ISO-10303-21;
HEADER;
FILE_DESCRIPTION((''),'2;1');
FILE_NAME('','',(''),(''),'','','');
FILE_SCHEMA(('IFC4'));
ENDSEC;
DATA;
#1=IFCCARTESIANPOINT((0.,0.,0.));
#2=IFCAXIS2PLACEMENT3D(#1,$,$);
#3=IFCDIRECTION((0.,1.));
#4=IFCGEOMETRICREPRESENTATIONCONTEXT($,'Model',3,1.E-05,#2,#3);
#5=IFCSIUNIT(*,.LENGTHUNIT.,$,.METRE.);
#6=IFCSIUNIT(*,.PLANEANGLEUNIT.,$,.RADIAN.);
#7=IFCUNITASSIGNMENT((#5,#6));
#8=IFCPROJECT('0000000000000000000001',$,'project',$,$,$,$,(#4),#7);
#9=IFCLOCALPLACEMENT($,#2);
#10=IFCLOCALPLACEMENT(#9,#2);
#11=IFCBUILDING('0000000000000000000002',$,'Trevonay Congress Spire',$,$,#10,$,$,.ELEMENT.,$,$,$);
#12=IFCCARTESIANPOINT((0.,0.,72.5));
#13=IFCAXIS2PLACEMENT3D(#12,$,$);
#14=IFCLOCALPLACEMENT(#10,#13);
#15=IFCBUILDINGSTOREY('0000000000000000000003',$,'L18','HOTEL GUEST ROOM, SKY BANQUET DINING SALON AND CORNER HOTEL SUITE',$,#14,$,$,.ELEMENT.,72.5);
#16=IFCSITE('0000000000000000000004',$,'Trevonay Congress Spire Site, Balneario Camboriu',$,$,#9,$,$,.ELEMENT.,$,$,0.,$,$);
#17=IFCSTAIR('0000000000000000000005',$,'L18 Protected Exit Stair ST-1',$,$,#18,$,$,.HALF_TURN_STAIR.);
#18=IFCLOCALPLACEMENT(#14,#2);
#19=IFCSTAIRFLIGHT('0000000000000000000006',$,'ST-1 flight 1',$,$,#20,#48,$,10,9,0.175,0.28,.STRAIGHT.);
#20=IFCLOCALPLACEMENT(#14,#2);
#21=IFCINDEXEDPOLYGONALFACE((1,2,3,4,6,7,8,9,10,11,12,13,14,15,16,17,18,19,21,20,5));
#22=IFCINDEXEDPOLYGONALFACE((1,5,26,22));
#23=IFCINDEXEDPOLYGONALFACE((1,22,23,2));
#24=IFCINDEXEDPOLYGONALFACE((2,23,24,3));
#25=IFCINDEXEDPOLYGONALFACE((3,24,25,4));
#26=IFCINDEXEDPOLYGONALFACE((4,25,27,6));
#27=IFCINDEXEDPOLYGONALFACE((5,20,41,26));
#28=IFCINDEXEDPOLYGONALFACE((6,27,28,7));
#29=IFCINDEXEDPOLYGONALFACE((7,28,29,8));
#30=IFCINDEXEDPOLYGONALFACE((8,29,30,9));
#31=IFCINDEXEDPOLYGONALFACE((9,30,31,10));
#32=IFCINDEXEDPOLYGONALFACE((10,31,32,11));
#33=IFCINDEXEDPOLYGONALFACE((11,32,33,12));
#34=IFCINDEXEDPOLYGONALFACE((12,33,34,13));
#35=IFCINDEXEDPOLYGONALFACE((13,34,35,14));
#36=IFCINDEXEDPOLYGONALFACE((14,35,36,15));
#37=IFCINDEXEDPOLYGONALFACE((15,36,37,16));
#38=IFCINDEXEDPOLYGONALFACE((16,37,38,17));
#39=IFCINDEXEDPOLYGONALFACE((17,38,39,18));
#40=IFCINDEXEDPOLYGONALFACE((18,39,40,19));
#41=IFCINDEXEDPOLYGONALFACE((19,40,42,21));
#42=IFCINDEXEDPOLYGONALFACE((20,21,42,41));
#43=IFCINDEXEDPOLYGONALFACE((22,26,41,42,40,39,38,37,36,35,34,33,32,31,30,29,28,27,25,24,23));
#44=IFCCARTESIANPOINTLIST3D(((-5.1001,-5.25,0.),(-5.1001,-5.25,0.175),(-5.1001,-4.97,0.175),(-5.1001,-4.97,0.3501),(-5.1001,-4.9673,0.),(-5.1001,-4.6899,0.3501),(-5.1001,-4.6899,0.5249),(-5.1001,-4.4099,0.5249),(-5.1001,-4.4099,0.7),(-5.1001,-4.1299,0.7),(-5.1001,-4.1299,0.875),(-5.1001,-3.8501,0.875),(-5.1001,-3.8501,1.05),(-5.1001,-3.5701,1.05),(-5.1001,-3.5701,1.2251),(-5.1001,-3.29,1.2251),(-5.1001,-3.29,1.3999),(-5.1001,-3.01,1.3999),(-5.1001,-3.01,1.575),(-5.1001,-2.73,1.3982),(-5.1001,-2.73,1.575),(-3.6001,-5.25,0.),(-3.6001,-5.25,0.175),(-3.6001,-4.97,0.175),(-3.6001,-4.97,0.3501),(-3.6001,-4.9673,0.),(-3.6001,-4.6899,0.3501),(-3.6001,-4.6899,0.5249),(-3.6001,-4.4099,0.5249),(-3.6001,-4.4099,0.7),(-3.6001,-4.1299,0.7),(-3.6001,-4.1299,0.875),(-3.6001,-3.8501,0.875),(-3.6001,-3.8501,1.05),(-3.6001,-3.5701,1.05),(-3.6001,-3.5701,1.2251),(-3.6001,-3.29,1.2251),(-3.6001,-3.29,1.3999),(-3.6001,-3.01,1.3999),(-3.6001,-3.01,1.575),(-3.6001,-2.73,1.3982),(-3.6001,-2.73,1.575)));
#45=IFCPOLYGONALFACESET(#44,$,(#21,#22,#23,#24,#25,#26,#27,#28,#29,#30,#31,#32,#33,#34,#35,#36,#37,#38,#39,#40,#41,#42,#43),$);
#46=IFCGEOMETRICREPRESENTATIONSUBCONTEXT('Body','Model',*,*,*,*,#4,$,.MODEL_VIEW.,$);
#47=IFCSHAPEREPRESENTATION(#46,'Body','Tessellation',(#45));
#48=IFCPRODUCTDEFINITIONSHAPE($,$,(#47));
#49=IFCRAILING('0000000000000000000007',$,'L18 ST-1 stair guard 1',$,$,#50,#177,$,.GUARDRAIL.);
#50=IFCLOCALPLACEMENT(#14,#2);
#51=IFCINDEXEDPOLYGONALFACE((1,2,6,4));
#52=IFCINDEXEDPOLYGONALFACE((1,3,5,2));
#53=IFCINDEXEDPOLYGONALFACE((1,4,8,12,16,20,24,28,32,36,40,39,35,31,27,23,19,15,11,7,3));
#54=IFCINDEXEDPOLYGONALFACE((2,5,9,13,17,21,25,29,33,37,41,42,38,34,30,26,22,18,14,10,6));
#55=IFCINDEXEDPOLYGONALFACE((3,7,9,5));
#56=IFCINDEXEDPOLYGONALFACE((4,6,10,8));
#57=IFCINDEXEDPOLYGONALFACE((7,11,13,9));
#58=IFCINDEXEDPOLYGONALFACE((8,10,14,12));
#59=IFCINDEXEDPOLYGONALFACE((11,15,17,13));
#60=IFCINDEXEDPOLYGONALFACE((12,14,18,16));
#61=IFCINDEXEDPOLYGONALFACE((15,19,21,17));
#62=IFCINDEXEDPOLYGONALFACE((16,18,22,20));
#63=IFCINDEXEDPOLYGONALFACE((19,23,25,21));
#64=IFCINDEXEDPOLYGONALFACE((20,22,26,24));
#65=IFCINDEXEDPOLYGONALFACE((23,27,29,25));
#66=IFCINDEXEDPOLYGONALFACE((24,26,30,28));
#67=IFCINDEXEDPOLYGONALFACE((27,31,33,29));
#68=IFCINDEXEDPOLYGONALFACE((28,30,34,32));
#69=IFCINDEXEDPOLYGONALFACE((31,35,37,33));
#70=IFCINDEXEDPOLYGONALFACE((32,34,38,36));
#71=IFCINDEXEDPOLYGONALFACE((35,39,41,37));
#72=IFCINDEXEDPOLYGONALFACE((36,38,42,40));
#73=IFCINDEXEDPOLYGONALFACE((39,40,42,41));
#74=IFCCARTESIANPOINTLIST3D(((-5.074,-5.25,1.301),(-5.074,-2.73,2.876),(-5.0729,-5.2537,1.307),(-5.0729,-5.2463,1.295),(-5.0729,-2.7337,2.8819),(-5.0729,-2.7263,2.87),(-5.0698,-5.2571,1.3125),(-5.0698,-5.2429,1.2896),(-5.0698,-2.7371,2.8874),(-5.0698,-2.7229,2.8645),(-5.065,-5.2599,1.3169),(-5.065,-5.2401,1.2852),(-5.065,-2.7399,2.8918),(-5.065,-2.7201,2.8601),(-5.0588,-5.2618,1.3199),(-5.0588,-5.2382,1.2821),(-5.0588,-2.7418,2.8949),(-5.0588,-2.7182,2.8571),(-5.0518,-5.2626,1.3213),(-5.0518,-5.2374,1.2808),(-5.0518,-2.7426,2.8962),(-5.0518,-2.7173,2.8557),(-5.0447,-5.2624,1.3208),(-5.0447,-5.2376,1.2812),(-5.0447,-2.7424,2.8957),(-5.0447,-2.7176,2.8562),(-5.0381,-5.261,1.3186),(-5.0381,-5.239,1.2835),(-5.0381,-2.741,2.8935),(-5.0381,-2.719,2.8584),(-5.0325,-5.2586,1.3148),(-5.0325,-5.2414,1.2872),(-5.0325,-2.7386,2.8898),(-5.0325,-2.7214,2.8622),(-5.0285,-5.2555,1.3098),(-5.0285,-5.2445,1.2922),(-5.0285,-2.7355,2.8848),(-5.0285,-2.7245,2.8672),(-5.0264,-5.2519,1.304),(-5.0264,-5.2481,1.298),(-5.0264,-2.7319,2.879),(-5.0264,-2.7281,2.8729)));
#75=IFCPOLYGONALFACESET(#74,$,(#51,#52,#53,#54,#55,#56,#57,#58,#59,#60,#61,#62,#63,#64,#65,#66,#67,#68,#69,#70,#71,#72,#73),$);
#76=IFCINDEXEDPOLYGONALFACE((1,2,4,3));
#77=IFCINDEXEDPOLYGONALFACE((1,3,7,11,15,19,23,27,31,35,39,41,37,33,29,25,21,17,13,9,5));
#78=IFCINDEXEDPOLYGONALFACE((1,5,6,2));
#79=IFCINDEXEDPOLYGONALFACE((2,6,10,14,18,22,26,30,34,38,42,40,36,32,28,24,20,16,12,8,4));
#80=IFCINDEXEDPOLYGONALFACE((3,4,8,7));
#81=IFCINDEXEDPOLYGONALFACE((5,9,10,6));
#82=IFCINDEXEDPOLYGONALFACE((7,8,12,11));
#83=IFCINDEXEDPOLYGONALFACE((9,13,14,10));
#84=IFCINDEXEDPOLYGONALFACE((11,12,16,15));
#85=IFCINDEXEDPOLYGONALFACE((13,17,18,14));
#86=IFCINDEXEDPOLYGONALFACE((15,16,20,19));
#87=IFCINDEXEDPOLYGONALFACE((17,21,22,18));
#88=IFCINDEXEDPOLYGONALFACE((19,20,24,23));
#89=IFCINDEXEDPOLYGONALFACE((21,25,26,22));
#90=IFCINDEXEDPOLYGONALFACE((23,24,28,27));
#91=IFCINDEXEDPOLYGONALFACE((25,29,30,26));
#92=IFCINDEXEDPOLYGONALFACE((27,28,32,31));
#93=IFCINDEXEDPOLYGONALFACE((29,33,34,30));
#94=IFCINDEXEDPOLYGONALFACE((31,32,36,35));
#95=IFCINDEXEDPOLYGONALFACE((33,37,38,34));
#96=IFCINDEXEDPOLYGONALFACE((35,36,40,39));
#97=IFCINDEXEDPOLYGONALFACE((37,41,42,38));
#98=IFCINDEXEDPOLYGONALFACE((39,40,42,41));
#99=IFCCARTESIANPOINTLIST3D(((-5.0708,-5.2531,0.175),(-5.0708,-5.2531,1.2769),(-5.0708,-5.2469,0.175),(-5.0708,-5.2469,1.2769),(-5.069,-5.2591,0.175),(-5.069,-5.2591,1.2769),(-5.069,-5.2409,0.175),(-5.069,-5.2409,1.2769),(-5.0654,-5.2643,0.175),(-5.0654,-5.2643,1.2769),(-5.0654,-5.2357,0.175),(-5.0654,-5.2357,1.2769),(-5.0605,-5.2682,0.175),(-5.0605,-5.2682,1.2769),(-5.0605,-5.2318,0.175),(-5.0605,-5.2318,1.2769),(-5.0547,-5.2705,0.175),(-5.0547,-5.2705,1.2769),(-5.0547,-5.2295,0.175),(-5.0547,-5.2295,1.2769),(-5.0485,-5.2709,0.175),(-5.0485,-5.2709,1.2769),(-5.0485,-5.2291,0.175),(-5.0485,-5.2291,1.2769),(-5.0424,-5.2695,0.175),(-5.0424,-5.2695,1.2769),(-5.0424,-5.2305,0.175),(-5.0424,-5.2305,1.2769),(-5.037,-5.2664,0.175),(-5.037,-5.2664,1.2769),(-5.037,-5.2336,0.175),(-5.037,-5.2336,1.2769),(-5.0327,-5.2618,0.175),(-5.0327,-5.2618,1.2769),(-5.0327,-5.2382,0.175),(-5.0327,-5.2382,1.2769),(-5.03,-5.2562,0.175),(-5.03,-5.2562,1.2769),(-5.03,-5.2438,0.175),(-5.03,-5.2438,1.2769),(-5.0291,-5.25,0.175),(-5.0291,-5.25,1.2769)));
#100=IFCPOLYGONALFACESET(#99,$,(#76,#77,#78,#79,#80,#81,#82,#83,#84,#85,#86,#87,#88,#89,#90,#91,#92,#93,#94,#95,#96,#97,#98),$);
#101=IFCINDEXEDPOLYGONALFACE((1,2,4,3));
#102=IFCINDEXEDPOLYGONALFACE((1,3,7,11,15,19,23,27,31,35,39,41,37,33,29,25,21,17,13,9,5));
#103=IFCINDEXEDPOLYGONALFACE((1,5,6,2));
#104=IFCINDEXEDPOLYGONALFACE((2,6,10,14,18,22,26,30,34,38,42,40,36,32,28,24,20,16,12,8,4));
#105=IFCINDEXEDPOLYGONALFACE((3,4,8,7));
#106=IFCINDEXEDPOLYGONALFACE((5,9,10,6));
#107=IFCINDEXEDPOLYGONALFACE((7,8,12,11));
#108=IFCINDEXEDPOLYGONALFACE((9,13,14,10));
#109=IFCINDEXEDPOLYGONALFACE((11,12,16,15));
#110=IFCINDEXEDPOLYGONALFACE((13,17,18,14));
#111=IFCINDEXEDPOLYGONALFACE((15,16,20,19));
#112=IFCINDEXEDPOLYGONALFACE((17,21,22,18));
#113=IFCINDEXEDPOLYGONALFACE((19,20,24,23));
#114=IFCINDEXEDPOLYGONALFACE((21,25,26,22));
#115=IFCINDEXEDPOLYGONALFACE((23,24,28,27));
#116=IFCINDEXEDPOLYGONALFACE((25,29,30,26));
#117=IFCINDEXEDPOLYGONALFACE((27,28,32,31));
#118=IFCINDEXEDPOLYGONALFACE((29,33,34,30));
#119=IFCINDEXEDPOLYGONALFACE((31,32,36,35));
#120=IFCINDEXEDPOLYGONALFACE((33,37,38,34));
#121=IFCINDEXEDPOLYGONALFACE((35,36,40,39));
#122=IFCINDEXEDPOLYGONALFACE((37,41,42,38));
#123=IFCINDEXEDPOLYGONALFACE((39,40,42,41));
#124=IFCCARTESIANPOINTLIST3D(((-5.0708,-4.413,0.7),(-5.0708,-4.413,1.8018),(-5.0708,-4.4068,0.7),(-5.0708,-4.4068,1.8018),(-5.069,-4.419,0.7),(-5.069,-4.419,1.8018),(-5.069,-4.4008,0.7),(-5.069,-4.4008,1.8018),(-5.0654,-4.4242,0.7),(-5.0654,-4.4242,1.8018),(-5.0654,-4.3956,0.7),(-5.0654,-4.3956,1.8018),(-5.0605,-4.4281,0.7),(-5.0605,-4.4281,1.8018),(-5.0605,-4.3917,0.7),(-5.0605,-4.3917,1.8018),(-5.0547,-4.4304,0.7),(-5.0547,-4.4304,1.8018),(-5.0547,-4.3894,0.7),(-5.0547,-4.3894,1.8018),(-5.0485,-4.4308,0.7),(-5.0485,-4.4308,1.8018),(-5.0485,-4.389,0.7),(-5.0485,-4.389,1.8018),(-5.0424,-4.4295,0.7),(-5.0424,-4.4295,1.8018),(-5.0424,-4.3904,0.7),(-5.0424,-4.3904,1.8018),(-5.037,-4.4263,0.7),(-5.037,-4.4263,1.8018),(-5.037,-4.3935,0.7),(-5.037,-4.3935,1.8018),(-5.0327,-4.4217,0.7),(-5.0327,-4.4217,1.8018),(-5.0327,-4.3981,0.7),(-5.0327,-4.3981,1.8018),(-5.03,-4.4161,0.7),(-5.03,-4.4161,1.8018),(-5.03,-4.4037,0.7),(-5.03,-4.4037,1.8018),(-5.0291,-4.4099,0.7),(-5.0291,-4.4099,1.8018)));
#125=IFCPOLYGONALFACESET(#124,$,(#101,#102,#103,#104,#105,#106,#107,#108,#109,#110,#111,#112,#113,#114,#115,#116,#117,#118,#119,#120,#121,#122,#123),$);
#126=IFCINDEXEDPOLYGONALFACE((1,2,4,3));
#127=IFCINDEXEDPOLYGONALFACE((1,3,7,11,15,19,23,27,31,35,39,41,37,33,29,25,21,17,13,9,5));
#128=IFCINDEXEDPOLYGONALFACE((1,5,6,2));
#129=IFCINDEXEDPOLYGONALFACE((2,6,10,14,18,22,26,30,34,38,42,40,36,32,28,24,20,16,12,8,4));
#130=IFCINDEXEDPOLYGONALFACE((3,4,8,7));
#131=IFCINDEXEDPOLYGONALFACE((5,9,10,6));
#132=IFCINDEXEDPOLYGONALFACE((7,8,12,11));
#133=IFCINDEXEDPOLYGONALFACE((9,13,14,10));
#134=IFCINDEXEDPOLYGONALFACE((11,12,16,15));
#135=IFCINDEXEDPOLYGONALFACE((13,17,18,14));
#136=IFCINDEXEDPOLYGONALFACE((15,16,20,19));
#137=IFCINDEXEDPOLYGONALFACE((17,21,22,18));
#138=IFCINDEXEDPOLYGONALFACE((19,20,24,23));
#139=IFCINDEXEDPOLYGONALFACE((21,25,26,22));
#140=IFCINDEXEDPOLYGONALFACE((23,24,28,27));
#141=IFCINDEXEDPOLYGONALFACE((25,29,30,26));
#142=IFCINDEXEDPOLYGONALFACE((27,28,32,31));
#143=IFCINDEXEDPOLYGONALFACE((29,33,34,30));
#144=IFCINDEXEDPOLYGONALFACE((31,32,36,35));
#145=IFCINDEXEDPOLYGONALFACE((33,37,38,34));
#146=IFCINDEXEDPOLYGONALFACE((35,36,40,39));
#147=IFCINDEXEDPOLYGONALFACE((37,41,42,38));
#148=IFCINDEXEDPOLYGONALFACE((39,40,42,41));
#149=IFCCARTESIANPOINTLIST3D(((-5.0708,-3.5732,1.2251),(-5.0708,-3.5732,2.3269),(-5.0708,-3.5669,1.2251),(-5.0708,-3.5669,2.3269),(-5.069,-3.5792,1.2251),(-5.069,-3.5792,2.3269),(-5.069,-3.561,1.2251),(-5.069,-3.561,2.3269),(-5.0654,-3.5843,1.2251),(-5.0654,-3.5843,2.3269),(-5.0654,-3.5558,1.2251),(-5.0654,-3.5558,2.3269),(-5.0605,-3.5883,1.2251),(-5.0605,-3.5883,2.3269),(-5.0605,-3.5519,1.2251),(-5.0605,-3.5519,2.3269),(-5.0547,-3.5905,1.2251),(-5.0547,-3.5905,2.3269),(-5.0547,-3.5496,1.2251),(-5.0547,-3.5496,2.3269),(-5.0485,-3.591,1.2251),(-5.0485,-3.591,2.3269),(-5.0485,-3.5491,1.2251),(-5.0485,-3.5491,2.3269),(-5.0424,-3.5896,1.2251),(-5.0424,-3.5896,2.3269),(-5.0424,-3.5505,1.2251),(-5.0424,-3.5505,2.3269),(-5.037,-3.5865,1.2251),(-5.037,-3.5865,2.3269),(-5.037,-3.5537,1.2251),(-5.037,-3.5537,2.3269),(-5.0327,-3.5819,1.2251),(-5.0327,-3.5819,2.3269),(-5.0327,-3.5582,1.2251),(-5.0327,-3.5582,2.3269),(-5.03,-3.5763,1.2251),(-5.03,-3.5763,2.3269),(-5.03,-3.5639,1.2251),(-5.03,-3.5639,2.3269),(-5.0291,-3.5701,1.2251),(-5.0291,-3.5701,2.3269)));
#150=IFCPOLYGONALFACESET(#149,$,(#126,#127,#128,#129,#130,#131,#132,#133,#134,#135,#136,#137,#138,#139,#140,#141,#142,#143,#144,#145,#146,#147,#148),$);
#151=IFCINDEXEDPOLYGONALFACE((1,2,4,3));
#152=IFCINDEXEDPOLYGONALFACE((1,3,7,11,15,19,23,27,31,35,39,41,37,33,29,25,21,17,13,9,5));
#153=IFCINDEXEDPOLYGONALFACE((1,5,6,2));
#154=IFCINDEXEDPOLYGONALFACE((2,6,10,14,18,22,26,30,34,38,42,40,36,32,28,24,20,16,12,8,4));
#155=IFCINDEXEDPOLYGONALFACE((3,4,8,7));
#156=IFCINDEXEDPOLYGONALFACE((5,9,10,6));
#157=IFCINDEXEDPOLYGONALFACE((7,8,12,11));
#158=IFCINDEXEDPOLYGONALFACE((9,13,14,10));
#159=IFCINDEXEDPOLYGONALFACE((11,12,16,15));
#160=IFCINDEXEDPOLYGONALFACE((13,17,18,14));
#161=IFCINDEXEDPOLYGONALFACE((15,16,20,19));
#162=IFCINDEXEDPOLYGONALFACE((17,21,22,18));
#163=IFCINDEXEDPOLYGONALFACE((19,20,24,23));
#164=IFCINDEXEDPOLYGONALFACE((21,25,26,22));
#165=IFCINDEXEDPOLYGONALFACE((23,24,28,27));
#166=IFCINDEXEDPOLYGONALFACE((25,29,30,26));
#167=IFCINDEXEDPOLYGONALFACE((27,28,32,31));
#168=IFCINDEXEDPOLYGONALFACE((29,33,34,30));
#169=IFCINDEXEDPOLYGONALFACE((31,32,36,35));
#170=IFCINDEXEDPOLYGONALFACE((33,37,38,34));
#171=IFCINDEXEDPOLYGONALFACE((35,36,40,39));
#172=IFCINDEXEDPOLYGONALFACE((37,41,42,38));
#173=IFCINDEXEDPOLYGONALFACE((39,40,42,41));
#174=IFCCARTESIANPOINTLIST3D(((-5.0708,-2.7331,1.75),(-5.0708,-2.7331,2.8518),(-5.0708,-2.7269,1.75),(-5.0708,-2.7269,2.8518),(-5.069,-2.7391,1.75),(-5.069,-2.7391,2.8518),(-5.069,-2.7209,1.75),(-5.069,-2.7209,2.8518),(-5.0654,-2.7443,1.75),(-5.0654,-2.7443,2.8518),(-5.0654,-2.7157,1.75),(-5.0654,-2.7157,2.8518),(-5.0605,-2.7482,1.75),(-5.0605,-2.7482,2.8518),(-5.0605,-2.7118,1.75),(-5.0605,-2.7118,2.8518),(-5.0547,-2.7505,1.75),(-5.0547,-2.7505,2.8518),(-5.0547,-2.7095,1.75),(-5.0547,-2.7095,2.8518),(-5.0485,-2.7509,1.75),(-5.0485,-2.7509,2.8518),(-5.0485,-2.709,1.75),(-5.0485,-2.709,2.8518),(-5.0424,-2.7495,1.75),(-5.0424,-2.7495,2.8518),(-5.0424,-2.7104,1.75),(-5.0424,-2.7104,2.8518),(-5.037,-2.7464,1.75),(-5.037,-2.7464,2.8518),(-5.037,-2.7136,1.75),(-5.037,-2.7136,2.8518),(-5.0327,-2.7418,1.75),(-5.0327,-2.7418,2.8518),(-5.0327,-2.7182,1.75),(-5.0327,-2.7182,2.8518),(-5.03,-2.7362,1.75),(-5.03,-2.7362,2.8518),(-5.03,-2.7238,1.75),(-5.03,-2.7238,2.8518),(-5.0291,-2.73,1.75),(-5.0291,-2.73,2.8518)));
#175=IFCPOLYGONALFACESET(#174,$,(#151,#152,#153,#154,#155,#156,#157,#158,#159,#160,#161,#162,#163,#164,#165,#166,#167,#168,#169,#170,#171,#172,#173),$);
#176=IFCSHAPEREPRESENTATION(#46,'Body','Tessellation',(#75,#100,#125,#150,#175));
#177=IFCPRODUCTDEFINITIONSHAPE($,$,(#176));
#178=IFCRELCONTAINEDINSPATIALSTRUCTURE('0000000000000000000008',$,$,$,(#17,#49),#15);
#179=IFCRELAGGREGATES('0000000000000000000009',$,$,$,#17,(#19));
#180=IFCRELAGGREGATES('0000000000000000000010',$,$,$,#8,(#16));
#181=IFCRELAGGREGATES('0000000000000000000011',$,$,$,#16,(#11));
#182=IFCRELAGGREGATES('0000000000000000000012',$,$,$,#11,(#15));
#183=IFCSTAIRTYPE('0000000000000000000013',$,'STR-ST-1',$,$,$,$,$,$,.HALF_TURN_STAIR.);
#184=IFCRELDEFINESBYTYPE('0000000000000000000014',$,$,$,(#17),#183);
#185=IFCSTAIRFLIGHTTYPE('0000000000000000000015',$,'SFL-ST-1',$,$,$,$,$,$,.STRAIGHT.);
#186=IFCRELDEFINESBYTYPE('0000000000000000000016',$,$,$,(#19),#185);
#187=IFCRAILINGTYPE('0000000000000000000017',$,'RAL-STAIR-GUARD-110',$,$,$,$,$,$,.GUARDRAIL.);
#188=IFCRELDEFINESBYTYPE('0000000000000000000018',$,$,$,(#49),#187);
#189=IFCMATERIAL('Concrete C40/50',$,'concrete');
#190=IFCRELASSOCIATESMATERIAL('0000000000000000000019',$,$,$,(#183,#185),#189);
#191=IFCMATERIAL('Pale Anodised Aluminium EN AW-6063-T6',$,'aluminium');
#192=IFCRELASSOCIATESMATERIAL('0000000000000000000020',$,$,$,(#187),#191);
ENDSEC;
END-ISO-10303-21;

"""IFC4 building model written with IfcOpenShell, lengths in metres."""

from ifc_helpers import new_model, si_unit, direction, frame, origin, origin_2d, place, context, subcontext, project, spatial, polyline, circle, outline, extrude, material, type_object, element, aggregate, save


model = new_model("IFC4")

# Units and contexts
model_context = context("Model", 3, precision=1e-05, world=origin(), true_north=direction((0.0, 1.0)))
body_context = subcontext(model_context, "Body", "Model", "MODEL_VIEW")
ifc_project = project(units=[si_unit("LENGTHUNIT", "METRE"), si_unit("PLANEANGLEUNIT", "RADIAN")], contexts=[model_context])

# Site, building, storey
site_placement = place(None, origin())
site = spatial("IfcSite", under=ifc_project, at=site_placement, Name="Trevonay Congress Spire Site, Balneario Camboriu", CompositionType="ELEMENT", RefElevation=0.0)
building_placement = place(site_placement, origin())
building = spatial("IfcBuilding", under=site, at=building_placement, Name="Trevonay Congress Spire", CompositionType="ELEMENT")
storey_placement = place(building_placement, frame((0.0, 0.0, 72.5)))
storey = spatial("IfcBuildingStorey", under=building, at=storey_placement, Name="L18", Description="HOTEL GUEST ROOM, SKY BANQUET DINING SALON AND CORNER HOTEL SUITE", CompositionType="ELEMENT", Elevation=72.5)

# Shared definitions
ifc_material_1 = material(Name="Pale Anodised Aluminium EN AW-6063-T6", Category="aluminium")

# Shared definitions
ifc_material_2 = material(Name="Concrete C40/50", Category="concrete")

# Stair, stair flight
stair_type = type_object("IfcStairType", Name="STR-ST-1", PredefinedType="HALF_TURN_STAIR", material=ifc_material_2)
stair_placement = place(storey_placement, origin())
stair = element("IfcStair", 1, at=stair_placement, inside=storey, type_object=stair_type, Name="L18 Protected Exit Stair ST-1", PredefinedType="HALF_TURN_STAIR")
stair_flight_type = type_object("IfcStairFlightType", Name="SFL-ST-1", PredefinedType="STRAIGHT", material=ifc_material_2)
stair_flight_placement = place(storey_placement, frame((-4.3501, -5.25, 0.0), z_axis=(0.0, 0.0, 1.0), x_axis=(0.0, 1.0, 0.0)))
stair_flight = element("IfcStairFlight", 2, at=stair_flight_placement, type_object=stair_flight_type, Name="ST-1 flight 1", NumberOfRisers=10, NumberOfTreads=9, PredefinedType="STRAIGHT", RiserHeight=0.175, TreadLength=0.28, context=body_context, shape_type="SweptSolid", body=[
    extrude(outline(polyline([(0.0, 0.0), (0.0, 0.175), (0.28, 0.175), (0.28, 0.3501), (0.5601, 0.3501), (0.5601, 0.5249), (0.8401, 0.5249), (0.8401, 0.7), (1.1201, 0.7), (1.1201, 0.875), (1.3999, 0.875), (1.3999, 1.05), (1.6799, 1.05), (1.6799, 1.2251), (1.96, 1.2251), (1.96, 1.3999), (2.24, 1.3999), (2.24, 1.575), (2.52, 1.575), (2.52, 1.75), (2.52, 1.3982), (0.2827, 0.0), (0.0, 0.0)])), frame((0.0, 0.75, 0.0), z_axis=(0.0, -1.0, 0.0), x_axis=(1.0, 0.0, 0.0)), (0.0, 0.0, 1.0), 1.5),
])
aggregate(stair, [stair_flight])

# Railing
railing_type = type_object("IfcRailingType", Name="RAL-STAIR-GUARD-110", PredefinedType="GUARDRAIL", material=ifc_material_1)
railing_1_placement = place(storey_placement, frame((-5.05, -5.25, 0.175)))
element("IfcRailing", 3, at=railing_1_placement, inside=storey, type_object=railing_type, Name="L18 ST-1 stair guard 1", PredefinedType="GUARDRAIL", context=body_context, shape_type="SweptSolid", body=[
    extrude(circle(Radius=0.0239, at=origin_2d()), frame((0.0, 0.0, 1.126), z_axis=(0.0, 0.848008, 0.529984), x_axis=(-1.0, 0.0, 0.0)), (0.0, 0.0, 1.0), 2.9717),
    extrude(circle(Radius=0.021, at=origin_2d()), origin(), (0.0, 0.0, 1.0), 1.1018),
    extrude(circle(Radius=0.021, at=origin_2d()), frame((0.0, 0.8401, 0.5249)), (0.0, 0.0, 1.0), 1.1018),
    extrude(circle(Radius=0.021, at=origin_2d()), frame((0.0, 1.6799, 1.05)), (0.0, 0.0, 1.0), 1.1018),
    extrude(circle(Radius=0.021, at=origin_2d()), frame((0.0, 2.52, 1.575)), (0.0, 0.0, 1.0), 1.1018),
])

save(model, "model.ifc")
